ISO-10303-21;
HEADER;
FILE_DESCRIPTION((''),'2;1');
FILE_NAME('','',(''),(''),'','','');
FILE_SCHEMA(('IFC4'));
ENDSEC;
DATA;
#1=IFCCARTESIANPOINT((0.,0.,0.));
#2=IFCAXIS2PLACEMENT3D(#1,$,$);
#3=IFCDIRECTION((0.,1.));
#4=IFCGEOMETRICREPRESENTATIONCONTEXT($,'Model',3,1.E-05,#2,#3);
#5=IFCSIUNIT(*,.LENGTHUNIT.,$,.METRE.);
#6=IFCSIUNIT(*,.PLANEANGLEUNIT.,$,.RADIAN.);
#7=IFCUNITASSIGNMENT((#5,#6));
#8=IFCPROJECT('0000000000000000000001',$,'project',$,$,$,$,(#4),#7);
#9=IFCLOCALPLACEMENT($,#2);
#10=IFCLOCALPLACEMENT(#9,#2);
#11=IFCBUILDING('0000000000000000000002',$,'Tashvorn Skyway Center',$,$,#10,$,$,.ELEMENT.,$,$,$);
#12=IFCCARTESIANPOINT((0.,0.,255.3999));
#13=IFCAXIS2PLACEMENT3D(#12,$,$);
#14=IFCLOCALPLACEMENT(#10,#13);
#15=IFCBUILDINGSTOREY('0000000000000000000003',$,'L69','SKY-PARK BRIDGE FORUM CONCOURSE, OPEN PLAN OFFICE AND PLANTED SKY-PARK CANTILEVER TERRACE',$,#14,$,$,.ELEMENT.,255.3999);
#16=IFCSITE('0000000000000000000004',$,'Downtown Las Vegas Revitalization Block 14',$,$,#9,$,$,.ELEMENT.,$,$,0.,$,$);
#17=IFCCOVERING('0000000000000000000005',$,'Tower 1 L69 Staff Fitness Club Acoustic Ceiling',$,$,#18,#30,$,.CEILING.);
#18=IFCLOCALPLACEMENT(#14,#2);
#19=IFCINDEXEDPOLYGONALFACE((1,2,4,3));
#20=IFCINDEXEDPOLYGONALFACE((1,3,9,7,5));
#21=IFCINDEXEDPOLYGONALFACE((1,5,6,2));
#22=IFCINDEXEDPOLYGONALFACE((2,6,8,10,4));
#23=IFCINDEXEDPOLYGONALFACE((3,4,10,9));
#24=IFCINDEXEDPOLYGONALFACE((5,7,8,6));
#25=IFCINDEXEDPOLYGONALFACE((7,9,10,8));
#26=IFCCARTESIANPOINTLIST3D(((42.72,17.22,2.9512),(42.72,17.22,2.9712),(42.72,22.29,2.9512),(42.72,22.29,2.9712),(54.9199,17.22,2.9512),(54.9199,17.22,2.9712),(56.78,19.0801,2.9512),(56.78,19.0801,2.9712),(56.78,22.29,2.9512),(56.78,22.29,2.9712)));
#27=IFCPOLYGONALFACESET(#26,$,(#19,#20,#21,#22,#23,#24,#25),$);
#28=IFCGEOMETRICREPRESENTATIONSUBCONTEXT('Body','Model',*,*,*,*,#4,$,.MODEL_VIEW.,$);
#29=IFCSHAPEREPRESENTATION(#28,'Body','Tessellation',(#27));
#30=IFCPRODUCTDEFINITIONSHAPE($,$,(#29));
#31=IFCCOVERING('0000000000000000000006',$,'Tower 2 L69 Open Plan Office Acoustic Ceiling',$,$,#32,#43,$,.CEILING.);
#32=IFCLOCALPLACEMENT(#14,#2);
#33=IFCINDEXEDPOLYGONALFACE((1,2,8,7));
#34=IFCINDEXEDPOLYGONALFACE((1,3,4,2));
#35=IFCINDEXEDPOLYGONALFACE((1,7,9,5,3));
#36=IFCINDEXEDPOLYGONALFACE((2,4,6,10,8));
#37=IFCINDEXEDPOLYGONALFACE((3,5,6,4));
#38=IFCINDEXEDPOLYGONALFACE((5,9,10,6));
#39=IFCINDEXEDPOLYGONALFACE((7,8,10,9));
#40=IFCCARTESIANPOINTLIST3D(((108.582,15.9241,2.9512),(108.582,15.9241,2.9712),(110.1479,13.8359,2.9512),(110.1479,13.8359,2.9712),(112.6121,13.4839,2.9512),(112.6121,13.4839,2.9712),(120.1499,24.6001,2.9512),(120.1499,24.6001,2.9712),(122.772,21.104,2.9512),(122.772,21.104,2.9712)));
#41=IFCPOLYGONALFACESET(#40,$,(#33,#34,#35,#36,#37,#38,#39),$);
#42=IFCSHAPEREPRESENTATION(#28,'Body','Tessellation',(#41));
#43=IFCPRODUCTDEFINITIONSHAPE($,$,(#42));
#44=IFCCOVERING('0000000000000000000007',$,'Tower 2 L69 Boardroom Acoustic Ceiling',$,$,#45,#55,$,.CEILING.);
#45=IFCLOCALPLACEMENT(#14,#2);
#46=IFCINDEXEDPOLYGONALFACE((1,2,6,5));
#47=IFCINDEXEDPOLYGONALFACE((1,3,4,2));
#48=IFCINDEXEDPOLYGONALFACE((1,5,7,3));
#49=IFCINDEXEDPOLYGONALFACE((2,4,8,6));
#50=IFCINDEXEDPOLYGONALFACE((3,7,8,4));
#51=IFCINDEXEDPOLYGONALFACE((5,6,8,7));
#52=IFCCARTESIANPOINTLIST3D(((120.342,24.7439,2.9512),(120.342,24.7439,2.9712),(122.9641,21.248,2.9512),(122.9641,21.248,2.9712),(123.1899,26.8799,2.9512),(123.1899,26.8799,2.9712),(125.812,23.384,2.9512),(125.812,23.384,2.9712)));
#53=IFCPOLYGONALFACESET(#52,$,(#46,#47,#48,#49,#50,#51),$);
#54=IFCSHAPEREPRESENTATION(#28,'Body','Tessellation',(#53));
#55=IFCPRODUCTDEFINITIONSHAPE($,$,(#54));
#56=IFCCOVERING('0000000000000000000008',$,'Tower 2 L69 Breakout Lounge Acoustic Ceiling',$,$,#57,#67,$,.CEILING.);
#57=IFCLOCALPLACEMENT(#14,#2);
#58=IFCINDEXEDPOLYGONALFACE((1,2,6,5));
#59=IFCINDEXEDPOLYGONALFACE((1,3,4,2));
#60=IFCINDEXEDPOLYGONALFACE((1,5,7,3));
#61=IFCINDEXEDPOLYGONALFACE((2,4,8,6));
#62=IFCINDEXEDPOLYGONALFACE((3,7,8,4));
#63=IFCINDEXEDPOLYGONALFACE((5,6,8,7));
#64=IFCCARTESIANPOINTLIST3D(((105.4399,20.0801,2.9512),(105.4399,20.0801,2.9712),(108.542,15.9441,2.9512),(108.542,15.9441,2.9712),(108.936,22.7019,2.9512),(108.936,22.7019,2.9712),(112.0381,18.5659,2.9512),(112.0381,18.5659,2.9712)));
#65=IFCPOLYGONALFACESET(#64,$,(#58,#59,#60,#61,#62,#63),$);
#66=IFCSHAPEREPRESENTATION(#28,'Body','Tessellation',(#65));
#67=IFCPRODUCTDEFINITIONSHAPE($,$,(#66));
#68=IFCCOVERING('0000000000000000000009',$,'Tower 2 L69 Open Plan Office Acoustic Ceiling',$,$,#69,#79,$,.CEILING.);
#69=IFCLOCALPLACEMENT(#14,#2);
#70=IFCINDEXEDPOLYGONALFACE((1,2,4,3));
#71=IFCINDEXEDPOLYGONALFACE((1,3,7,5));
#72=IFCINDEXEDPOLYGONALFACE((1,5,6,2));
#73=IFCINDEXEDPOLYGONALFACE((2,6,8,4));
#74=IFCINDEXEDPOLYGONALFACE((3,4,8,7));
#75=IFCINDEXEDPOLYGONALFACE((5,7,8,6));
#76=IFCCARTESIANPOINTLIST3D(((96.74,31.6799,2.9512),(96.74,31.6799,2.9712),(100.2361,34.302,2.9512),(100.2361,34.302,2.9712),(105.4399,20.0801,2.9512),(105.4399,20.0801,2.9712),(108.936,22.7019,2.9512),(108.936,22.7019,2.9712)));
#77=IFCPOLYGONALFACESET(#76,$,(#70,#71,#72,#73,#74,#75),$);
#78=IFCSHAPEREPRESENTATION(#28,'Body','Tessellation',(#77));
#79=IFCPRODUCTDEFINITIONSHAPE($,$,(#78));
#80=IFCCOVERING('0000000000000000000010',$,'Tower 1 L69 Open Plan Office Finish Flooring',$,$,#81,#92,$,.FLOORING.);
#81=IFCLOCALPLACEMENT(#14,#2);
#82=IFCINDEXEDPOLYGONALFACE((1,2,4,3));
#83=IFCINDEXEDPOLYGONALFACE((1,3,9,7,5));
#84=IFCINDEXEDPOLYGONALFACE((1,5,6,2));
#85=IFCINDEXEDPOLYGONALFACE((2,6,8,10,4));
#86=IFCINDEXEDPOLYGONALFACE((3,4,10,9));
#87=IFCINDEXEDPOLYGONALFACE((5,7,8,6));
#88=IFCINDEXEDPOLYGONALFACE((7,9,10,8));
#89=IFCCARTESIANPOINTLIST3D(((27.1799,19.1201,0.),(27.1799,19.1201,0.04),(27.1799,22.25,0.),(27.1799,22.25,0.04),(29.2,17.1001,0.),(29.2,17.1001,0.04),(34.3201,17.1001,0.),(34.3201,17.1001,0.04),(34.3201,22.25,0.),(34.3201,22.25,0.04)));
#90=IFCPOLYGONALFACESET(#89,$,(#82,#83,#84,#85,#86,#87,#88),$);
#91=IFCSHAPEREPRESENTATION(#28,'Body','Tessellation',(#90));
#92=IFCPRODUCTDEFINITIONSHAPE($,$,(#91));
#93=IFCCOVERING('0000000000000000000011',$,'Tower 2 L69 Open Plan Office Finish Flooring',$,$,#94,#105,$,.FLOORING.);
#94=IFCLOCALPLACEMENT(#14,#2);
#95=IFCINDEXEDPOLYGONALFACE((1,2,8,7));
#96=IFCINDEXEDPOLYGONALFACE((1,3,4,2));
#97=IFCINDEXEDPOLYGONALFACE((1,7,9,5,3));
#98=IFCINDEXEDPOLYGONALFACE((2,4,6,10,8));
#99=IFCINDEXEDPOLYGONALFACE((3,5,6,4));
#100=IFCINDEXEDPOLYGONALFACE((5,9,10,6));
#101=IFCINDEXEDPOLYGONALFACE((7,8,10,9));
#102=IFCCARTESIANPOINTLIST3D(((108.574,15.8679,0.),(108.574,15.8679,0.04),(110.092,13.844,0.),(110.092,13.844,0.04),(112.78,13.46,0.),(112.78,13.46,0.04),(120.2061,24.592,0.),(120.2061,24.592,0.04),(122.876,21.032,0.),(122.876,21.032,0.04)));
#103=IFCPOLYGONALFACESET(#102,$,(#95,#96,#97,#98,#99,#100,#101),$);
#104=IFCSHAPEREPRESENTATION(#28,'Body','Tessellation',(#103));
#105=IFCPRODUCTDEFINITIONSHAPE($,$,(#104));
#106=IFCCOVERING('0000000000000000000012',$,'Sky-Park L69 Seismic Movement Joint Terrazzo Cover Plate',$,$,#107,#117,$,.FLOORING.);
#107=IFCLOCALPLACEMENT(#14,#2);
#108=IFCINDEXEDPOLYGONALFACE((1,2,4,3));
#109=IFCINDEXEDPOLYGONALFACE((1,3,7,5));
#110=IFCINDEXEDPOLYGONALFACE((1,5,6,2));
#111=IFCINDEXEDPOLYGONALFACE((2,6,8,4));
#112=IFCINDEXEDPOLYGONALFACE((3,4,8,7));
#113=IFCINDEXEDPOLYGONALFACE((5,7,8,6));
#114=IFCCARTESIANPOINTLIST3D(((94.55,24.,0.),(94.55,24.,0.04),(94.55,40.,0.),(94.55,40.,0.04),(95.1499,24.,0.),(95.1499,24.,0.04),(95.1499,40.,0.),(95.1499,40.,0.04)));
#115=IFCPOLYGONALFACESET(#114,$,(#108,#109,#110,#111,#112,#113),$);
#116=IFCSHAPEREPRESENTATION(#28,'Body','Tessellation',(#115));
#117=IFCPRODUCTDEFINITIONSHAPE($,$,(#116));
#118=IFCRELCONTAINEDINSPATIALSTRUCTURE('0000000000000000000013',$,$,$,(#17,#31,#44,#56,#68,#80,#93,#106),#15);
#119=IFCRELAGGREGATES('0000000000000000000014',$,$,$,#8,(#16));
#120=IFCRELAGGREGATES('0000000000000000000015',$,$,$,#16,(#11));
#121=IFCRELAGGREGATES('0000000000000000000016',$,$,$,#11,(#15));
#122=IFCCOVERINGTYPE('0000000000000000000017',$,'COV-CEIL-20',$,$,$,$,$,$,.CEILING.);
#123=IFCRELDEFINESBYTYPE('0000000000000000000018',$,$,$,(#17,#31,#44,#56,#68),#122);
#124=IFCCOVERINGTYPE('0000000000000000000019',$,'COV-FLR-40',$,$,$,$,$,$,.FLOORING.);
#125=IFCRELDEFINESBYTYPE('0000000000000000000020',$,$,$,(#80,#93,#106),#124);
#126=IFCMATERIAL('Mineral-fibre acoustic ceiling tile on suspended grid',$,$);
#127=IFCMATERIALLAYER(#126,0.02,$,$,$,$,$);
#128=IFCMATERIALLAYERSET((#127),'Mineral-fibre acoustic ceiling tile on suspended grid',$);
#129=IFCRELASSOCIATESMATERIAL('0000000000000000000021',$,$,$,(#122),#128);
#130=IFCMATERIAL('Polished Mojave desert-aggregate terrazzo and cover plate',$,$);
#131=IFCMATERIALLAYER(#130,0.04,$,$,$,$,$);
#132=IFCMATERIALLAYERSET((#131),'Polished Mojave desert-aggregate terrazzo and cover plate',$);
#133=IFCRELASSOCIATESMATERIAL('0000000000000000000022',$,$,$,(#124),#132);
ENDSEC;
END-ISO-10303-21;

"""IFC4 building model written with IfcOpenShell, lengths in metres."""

from ifc_helpers import new_model, si_unit, direction, frame, origin, place, context, subcontext, project, spatial, polyline, outline, extrude, material, layer, layer_set, type_object, element, save


model = new_model("IFC4")

# Units and contexts
model_context = context("Model", 3, precision=1e-05, world=origin(), true_north=direction((0.0, 1.0)))
body_context = subcontext(model_context, "Body", "Model", "MODEL_VIEW")
ifc_project = project(units=[si_unit("LENGTHUNIT", "METRE"), si_unit("PLANEANGLEUNIT", "RADIAN")], contexts=[model_context])

# Site, building, storey
site_placement = place(None, origin())
site = spatial("IfcSite", under=ifc_project, at=site_placement, Name="Downtown Las Vegas Revitalization Block 14", CompositionType="ELEMENT", RefElevation=0.0)
building_placement = place(site_placement, origin())
building = spatial("IfcBuilding", under=site, at=building_placement, Name="Tashvorn Skyway Center", CompositionType="ELEMENT")
storey_placement = place(building_placement, frame((0.0, 0.0, 255.3999)))
storey = spatial("IfcBuildingStorey", under=building, at=storey_placement, Name="L69", Description="SKY-PARK BRIDGE FORUM CONCOURSE, OPEN PLAN OFFICE AND PLANTED SKY-PARK CANTILEVER TERRACE", CompositionType="ELEMENT", Elevation=255.3999)

# Coverings
ifc_material_1 = material(Name="Mineral-fibre acoustic ceiling tile on suspended grid")
ifc_layer_1 = layer(ifc_material_1, 0.02)
ifc_layer_set_1 = layer_set([ifc_layer_1], Name="Mineral-fibre acoustic ceiling tile on suspended grid")
covering_type_1 = type_object("IfcCoveringType", Name="COV-CEIL-20", PredefinedType="CEILING", material=ifc_layer_set_1)
covering_1_placement = place(storey_placement, frame((0.0, 0.0, 2.9512)))
element("IfcCovering", 1, at=covering_1_placement, inside=storey, type_object=covering_type_1, Name="Tower 1 L69 Staff Fitness Club Acoustic Ceiling", PredefinedType="CEILING", context=body_context, shape_type="SweptSolid", body=[
    extrude(outline(polyline([(42.72, 17.22), (42.72, 22.29), (56.78, 22.29), (56.78, 19.0801), (54.9199, 17.22), (42.72, 17.22)])), origin(), (0.0, 0.0, 1.0), 0.02),
])
covering_2_placement = place(storey_placement, frame((0.0, 0.0, 2.9512)))
element("IfcCovering", 2, at=covering_2_placement, inside=storey, type_object=covering_type_1, Name="Tower 2 L69 Open Plan Office Acoustic Ceiling", PredefinedType="CEILING", context=body_context, shape_type="SweptSolid", body=[
    extrude(outline(polyline([(108.582, 15.9241), (120.1499, 24.6001), (122.772, 21.104), (112.6121, 13.4839), (110.1479, 13.8359), (108.582, 15.9241)])), origin(), (0.0, 0.0, 1.0), 0.02),
])
covering_3_placement = place(storey_placement, frame((0.0, 0.0, 2.9512)))
element("IfcCovering", 3, at=covering_3_placement, inside=storey, type_object=covering_type_1, Name="Tower 2 L69 Boardroom Acoustic Ceiling", PredefinedType="CEILING", context=body_context, shape_type="SweptSolid", body=[
    extrude(outline(polyline([(120.342, 24.7439), (123.1899, 26.8799), (125.812, 23.384), (122.9641, 21.248), (120.342, 24.7439)])), origin(), (0.0, 0.0, 1.0), 0.02),
])
covering_4_placement = place(storey_placement, frame((0.0, 0.0, 2.9512)))
element("IfcCovering", 4, at=covering_4_placement, inside=storey, type_object=covering_type_1, Name="Tower 2 L69 Breakout Lounge Acoustic Ceiling", PredefinedType="CEILING", context=body_context, shape_type="SweptSolid", body=[
    extrude(outline(polyline([(108.542, 15.9441), (112.0381, 18.5659), (108.936, 22.7019), (105.4399, 20.0801), (108.542, 15.9441)])), origin(), (0.0, 0.0, 1.0), 0.02),
])
covering_5_placement = place(storey_placement, frame((0.0, 0.0, 2.9512)))
element("IfcCovering", 5, at=covering_5_placement, inside=storey, type_object=covering_type_1, Name="Tower 2 L69 Open Plan Office Acoustic Ceiling", PredefinedType="CEILING", context=body_context, shape_type="SweptSolid", body=[
    extrude(outline(polyline([(105.4399, 20.0801), (108.936, 22.7019), (100.2361, 34.302), (96.74, 31.6799), (105.4399, 20.0801)])), origin(), (0.0, 0.0, 1.0), 0.02),
])
ifc_material_2 = material(Name="Polished Mojave desert-aggregate terrazzo and cover plate")
ifc_layer_2 = layer(ifc_material_2, 0.04)
ifc_layer_set_2 = layer_set([ifc_layer_2], Name="Polished Mojave desert-aggregate terrazzo and cover plate")
covering_type_2 = type_object("IfcCoveringType", Name="COV-FLR-40", PredefinedType="FLOORING", material=ifc_layer_set_2)
covering_6_placement = place(storey_placement, origin())
element("IfcCovering", 6, at=covering_6_placement, inside=storey, type_object=covering_type_2, Name="Tower 1 L69 Open Plan Office Finish Flooring", PredefinedType="FLOORING", context=body_context, shape_type="SweptSolid", body=[
    extrude(outline(polyline([(29.2, 17.1001), (27.1799, 19.1201), (27.1799, 22.25), (34.3201, 22.25), (34.3201, 17.1001), (29.2, 17.1001)])), origin(), (0.0, 0.0, 1.0), 0.04),
])
covering_7_placement = place(storey_placement, origin())
element("IfcCovering", 7, at=covering_7_placement, inside=storey, type_object=covering_type_2, Name="Tower 2 L69 Open Plan Office Finish Flooring", PredefinedType="FLOORING", context=body_context, shape_type="SweptSolid", body=[
    extrude(outline(polyline([(112.78, 13.46), (110.092, 13.844), (108.574, 15.8679), (120.2061, 24.592), (122.876, 21.032), (112.78, 13.46)])), origin(), (0.0, 0.0, 1.0), 0.04),
])
covering_8_placement = place(storey_placement, origin())
element("IfcCovering", 8, at=covering_8_placement, inside=storey, type_object=covering_type_2, Name="Sky-Park L69 Seismic Movement Joint Terrazzo Cover Plate", PredefinedType="FLOORING", context=body_context, shape_type="SweptSolid", body=[
    extrude(outline(polyline([(94.55, 24.0), (95.1499, 24.0), (95.1499, 40.0), (94.55, 40.0), (94.55, 24.0)])), origin(), (0.0, 0.0, 1.0), 0.04),
])

save(model, "model.ifc")
